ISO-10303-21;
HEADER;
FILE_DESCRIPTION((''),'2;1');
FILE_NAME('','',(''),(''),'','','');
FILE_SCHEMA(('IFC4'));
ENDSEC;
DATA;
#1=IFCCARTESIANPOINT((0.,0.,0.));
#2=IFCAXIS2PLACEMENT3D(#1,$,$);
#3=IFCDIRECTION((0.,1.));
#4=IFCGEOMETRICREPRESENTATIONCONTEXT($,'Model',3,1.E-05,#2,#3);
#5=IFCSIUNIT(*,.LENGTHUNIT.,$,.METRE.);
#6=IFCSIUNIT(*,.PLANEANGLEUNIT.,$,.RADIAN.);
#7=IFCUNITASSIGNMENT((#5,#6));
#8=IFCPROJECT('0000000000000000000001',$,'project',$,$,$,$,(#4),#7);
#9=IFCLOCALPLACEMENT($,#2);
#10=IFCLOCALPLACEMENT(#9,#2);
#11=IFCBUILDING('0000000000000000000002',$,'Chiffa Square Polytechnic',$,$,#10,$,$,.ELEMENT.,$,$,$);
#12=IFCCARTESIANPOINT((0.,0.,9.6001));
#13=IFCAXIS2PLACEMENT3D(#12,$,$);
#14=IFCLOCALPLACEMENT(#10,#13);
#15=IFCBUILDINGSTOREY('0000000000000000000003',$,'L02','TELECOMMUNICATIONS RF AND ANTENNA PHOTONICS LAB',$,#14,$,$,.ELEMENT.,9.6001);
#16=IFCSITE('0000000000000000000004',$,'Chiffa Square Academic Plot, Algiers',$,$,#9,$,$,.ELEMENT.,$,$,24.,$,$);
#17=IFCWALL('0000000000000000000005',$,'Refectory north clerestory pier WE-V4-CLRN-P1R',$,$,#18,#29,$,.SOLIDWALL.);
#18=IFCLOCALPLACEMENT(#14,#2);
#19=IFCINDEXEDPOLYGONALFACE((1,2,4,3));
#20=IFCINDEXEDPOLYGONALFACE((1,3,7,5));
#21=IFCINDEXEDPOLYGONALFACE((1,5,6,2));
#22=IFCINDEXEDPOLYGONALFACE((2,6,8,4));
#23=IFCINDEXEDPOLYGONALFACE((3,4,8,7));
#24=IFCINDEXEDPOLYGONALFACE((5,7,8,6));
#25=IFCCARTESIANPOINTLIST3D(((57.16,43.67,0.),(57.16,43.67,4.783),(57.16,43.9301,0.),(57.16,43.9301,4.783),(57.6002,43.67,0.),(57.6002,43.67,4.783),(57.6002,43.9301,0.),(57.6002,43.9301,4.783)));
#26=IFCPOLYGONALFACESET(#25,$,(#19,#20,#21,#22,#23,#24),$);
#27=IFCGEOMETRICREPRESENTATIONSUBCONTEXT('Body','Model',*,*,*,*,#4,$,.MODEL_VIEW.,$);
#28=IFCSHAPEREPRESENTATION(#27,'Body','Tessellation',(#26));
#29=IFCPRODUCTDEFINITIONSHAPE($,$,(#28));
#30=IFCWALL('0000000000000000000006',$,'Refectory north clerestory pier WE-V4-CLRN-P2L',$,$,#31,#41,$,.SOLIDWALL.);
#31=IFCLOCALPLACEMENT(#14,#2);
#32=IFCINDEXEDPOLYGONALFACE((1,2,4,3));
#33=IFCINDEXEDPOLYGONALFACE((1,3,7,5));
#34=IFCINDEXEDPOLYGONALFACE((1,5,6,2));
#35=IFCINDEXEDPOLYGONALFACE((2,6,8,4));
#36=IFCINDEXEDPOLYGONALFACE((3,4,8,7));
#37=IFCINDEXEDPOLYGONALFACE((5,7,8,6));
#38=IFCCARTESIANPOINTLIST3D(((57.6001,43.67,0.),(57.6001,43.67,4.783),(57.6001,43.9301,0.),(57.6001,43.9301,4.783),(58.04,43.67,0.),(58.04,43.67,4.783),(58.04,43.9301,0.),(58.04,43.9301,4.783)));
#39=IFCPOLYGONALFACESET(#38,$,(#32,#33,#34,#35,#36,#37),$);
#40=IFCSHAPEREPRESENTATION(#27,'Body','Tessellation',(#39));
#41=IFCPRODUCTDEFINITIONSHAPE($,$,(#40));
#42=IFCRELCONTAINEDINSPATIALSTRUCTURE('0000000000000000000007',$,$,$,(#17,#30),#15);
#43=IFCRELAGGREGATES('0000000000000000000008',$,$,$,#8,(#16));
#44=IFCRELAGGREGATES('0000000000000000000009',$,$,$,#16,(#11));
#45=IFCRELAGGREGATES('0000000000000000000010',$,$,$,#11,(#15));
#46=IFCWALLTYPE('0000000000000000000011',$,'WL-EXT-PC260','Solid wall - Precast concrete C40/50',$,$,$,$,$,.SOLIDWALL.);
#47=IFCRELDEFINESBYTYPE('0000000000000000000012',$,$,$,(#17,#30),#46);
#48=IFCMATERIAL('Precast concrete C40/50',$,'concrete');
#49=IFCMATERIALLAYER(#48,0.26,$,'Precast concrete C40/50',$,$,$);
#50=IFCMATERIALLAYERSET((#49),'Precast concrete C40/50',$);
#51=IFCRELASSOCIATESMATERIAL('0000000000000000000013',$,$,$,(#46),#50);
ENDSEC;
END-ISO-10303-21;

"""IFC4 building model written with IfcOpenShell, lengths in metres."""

from ifc_helpers import new_model, si_unit, direction, frame, frame_2d, origin, place, context, subcontext, project, spatial, rectangle, extrude, material, layer, layer_set, type_object, element, save


model = new_model("IFC4")

# Units and contexts
model_context = context("Model", 3, precision=1e-05, world=origin(), true_north=direction((0.0, 1.0)))
body_context = subcontext(model_context, "Body", "Model", "MODEL_VIEW")
ifc_project = project(units=[si_unit("LENGTHUNIT", "METRE"), si_unit("PLANEANGLEUNIT", "RADIAN")], contexts=[model_context])

# Site, building, storey
site_placement = place(None, origin())
site = spatial("IfcSite", under=ifc_project, at=site_placement, Name="Chiffa Square Academic Plot, Algiers", CompositionType="ELEMENT", RefElevation=24.0)
building_placement = place(site_placement, origin())
building = spatial("IfcBuilding", under=site, at=building_placement, Name="Chiffa Square Polytechnic", CompositionType="ELEMENT")
storey_placement = place(building_placement, frame((0.0, 0.0, 9.6001)))
storey = spatial("IfcBuildingStorey", under=building, at=storey_placement, Name="L02", Description="TELECOMMUNICATIONS RF AND ANTENNA PHOTONICS LAB", CompositionType="ELEMENT", Elevation=9.6001)

# Walls
ifc_material_1 = material(Name="Precast concrete C40/50", Category="concrete")
ifc_layer_1 = layer(ifc_material_1, 0.26, Name="Precast concrete C40/50")
ifc_layer_set_1 = layer_set([ifc_layer_1], Name="Precast concrete C40/50")
wall_type = type_object("IfcWallType", Name="WL-EXT-PC260", Description="Solid wall - Precast concrete C40/50", PredefinedType="SOLIDWALL", material=ifc_layer_set_1)
wall_1_placement = place(storey_placement, frame((57.1599, 43.8, 0.0), z_axis=(0.0, 0.0, 1.0), x_axis=(1.0, 0.0, 0.0)))
element("IfcWall", 1, at=wall_1_placement, inside=storey, type_object=wall_type, Name="Refectory north clerestory pier WE-V4-CLRN-P1R", PredefinedType="SOLIDWALL", context=body_context, shape_type="SweptSolid", body=[
    extrude(rectangle(XDim=0.4402, YDim=0.26, at=frame_2d((0.2202, 0.0))), origin(), (0.0, 0.0, 1.0), 4.783),
])
wall_2_placement = place(storey_placement, frame((57.6001, 43.8, 0.0), z_axis=(0.0, 0.0, 1.0), x_axis=(1.0, 0.0, 0.0)))
element("IfcWall", 2, at=wall_2_placement, inside=storey, type_object=wall_type, Name="Refectory north clerestory pier WE-V4-CLRN-P2L", PredefinedType="SOLIDWALL", context=body_context, shape_type="SweptSolid", body=[
    extrude(rectangle(XDim=0.4399, YDim=0.26, at=frame_2d((0.22, 0.0))), origin(), (0.0, 0.0, 1.0), 4.783),
])

save(model, "model.ifc")
